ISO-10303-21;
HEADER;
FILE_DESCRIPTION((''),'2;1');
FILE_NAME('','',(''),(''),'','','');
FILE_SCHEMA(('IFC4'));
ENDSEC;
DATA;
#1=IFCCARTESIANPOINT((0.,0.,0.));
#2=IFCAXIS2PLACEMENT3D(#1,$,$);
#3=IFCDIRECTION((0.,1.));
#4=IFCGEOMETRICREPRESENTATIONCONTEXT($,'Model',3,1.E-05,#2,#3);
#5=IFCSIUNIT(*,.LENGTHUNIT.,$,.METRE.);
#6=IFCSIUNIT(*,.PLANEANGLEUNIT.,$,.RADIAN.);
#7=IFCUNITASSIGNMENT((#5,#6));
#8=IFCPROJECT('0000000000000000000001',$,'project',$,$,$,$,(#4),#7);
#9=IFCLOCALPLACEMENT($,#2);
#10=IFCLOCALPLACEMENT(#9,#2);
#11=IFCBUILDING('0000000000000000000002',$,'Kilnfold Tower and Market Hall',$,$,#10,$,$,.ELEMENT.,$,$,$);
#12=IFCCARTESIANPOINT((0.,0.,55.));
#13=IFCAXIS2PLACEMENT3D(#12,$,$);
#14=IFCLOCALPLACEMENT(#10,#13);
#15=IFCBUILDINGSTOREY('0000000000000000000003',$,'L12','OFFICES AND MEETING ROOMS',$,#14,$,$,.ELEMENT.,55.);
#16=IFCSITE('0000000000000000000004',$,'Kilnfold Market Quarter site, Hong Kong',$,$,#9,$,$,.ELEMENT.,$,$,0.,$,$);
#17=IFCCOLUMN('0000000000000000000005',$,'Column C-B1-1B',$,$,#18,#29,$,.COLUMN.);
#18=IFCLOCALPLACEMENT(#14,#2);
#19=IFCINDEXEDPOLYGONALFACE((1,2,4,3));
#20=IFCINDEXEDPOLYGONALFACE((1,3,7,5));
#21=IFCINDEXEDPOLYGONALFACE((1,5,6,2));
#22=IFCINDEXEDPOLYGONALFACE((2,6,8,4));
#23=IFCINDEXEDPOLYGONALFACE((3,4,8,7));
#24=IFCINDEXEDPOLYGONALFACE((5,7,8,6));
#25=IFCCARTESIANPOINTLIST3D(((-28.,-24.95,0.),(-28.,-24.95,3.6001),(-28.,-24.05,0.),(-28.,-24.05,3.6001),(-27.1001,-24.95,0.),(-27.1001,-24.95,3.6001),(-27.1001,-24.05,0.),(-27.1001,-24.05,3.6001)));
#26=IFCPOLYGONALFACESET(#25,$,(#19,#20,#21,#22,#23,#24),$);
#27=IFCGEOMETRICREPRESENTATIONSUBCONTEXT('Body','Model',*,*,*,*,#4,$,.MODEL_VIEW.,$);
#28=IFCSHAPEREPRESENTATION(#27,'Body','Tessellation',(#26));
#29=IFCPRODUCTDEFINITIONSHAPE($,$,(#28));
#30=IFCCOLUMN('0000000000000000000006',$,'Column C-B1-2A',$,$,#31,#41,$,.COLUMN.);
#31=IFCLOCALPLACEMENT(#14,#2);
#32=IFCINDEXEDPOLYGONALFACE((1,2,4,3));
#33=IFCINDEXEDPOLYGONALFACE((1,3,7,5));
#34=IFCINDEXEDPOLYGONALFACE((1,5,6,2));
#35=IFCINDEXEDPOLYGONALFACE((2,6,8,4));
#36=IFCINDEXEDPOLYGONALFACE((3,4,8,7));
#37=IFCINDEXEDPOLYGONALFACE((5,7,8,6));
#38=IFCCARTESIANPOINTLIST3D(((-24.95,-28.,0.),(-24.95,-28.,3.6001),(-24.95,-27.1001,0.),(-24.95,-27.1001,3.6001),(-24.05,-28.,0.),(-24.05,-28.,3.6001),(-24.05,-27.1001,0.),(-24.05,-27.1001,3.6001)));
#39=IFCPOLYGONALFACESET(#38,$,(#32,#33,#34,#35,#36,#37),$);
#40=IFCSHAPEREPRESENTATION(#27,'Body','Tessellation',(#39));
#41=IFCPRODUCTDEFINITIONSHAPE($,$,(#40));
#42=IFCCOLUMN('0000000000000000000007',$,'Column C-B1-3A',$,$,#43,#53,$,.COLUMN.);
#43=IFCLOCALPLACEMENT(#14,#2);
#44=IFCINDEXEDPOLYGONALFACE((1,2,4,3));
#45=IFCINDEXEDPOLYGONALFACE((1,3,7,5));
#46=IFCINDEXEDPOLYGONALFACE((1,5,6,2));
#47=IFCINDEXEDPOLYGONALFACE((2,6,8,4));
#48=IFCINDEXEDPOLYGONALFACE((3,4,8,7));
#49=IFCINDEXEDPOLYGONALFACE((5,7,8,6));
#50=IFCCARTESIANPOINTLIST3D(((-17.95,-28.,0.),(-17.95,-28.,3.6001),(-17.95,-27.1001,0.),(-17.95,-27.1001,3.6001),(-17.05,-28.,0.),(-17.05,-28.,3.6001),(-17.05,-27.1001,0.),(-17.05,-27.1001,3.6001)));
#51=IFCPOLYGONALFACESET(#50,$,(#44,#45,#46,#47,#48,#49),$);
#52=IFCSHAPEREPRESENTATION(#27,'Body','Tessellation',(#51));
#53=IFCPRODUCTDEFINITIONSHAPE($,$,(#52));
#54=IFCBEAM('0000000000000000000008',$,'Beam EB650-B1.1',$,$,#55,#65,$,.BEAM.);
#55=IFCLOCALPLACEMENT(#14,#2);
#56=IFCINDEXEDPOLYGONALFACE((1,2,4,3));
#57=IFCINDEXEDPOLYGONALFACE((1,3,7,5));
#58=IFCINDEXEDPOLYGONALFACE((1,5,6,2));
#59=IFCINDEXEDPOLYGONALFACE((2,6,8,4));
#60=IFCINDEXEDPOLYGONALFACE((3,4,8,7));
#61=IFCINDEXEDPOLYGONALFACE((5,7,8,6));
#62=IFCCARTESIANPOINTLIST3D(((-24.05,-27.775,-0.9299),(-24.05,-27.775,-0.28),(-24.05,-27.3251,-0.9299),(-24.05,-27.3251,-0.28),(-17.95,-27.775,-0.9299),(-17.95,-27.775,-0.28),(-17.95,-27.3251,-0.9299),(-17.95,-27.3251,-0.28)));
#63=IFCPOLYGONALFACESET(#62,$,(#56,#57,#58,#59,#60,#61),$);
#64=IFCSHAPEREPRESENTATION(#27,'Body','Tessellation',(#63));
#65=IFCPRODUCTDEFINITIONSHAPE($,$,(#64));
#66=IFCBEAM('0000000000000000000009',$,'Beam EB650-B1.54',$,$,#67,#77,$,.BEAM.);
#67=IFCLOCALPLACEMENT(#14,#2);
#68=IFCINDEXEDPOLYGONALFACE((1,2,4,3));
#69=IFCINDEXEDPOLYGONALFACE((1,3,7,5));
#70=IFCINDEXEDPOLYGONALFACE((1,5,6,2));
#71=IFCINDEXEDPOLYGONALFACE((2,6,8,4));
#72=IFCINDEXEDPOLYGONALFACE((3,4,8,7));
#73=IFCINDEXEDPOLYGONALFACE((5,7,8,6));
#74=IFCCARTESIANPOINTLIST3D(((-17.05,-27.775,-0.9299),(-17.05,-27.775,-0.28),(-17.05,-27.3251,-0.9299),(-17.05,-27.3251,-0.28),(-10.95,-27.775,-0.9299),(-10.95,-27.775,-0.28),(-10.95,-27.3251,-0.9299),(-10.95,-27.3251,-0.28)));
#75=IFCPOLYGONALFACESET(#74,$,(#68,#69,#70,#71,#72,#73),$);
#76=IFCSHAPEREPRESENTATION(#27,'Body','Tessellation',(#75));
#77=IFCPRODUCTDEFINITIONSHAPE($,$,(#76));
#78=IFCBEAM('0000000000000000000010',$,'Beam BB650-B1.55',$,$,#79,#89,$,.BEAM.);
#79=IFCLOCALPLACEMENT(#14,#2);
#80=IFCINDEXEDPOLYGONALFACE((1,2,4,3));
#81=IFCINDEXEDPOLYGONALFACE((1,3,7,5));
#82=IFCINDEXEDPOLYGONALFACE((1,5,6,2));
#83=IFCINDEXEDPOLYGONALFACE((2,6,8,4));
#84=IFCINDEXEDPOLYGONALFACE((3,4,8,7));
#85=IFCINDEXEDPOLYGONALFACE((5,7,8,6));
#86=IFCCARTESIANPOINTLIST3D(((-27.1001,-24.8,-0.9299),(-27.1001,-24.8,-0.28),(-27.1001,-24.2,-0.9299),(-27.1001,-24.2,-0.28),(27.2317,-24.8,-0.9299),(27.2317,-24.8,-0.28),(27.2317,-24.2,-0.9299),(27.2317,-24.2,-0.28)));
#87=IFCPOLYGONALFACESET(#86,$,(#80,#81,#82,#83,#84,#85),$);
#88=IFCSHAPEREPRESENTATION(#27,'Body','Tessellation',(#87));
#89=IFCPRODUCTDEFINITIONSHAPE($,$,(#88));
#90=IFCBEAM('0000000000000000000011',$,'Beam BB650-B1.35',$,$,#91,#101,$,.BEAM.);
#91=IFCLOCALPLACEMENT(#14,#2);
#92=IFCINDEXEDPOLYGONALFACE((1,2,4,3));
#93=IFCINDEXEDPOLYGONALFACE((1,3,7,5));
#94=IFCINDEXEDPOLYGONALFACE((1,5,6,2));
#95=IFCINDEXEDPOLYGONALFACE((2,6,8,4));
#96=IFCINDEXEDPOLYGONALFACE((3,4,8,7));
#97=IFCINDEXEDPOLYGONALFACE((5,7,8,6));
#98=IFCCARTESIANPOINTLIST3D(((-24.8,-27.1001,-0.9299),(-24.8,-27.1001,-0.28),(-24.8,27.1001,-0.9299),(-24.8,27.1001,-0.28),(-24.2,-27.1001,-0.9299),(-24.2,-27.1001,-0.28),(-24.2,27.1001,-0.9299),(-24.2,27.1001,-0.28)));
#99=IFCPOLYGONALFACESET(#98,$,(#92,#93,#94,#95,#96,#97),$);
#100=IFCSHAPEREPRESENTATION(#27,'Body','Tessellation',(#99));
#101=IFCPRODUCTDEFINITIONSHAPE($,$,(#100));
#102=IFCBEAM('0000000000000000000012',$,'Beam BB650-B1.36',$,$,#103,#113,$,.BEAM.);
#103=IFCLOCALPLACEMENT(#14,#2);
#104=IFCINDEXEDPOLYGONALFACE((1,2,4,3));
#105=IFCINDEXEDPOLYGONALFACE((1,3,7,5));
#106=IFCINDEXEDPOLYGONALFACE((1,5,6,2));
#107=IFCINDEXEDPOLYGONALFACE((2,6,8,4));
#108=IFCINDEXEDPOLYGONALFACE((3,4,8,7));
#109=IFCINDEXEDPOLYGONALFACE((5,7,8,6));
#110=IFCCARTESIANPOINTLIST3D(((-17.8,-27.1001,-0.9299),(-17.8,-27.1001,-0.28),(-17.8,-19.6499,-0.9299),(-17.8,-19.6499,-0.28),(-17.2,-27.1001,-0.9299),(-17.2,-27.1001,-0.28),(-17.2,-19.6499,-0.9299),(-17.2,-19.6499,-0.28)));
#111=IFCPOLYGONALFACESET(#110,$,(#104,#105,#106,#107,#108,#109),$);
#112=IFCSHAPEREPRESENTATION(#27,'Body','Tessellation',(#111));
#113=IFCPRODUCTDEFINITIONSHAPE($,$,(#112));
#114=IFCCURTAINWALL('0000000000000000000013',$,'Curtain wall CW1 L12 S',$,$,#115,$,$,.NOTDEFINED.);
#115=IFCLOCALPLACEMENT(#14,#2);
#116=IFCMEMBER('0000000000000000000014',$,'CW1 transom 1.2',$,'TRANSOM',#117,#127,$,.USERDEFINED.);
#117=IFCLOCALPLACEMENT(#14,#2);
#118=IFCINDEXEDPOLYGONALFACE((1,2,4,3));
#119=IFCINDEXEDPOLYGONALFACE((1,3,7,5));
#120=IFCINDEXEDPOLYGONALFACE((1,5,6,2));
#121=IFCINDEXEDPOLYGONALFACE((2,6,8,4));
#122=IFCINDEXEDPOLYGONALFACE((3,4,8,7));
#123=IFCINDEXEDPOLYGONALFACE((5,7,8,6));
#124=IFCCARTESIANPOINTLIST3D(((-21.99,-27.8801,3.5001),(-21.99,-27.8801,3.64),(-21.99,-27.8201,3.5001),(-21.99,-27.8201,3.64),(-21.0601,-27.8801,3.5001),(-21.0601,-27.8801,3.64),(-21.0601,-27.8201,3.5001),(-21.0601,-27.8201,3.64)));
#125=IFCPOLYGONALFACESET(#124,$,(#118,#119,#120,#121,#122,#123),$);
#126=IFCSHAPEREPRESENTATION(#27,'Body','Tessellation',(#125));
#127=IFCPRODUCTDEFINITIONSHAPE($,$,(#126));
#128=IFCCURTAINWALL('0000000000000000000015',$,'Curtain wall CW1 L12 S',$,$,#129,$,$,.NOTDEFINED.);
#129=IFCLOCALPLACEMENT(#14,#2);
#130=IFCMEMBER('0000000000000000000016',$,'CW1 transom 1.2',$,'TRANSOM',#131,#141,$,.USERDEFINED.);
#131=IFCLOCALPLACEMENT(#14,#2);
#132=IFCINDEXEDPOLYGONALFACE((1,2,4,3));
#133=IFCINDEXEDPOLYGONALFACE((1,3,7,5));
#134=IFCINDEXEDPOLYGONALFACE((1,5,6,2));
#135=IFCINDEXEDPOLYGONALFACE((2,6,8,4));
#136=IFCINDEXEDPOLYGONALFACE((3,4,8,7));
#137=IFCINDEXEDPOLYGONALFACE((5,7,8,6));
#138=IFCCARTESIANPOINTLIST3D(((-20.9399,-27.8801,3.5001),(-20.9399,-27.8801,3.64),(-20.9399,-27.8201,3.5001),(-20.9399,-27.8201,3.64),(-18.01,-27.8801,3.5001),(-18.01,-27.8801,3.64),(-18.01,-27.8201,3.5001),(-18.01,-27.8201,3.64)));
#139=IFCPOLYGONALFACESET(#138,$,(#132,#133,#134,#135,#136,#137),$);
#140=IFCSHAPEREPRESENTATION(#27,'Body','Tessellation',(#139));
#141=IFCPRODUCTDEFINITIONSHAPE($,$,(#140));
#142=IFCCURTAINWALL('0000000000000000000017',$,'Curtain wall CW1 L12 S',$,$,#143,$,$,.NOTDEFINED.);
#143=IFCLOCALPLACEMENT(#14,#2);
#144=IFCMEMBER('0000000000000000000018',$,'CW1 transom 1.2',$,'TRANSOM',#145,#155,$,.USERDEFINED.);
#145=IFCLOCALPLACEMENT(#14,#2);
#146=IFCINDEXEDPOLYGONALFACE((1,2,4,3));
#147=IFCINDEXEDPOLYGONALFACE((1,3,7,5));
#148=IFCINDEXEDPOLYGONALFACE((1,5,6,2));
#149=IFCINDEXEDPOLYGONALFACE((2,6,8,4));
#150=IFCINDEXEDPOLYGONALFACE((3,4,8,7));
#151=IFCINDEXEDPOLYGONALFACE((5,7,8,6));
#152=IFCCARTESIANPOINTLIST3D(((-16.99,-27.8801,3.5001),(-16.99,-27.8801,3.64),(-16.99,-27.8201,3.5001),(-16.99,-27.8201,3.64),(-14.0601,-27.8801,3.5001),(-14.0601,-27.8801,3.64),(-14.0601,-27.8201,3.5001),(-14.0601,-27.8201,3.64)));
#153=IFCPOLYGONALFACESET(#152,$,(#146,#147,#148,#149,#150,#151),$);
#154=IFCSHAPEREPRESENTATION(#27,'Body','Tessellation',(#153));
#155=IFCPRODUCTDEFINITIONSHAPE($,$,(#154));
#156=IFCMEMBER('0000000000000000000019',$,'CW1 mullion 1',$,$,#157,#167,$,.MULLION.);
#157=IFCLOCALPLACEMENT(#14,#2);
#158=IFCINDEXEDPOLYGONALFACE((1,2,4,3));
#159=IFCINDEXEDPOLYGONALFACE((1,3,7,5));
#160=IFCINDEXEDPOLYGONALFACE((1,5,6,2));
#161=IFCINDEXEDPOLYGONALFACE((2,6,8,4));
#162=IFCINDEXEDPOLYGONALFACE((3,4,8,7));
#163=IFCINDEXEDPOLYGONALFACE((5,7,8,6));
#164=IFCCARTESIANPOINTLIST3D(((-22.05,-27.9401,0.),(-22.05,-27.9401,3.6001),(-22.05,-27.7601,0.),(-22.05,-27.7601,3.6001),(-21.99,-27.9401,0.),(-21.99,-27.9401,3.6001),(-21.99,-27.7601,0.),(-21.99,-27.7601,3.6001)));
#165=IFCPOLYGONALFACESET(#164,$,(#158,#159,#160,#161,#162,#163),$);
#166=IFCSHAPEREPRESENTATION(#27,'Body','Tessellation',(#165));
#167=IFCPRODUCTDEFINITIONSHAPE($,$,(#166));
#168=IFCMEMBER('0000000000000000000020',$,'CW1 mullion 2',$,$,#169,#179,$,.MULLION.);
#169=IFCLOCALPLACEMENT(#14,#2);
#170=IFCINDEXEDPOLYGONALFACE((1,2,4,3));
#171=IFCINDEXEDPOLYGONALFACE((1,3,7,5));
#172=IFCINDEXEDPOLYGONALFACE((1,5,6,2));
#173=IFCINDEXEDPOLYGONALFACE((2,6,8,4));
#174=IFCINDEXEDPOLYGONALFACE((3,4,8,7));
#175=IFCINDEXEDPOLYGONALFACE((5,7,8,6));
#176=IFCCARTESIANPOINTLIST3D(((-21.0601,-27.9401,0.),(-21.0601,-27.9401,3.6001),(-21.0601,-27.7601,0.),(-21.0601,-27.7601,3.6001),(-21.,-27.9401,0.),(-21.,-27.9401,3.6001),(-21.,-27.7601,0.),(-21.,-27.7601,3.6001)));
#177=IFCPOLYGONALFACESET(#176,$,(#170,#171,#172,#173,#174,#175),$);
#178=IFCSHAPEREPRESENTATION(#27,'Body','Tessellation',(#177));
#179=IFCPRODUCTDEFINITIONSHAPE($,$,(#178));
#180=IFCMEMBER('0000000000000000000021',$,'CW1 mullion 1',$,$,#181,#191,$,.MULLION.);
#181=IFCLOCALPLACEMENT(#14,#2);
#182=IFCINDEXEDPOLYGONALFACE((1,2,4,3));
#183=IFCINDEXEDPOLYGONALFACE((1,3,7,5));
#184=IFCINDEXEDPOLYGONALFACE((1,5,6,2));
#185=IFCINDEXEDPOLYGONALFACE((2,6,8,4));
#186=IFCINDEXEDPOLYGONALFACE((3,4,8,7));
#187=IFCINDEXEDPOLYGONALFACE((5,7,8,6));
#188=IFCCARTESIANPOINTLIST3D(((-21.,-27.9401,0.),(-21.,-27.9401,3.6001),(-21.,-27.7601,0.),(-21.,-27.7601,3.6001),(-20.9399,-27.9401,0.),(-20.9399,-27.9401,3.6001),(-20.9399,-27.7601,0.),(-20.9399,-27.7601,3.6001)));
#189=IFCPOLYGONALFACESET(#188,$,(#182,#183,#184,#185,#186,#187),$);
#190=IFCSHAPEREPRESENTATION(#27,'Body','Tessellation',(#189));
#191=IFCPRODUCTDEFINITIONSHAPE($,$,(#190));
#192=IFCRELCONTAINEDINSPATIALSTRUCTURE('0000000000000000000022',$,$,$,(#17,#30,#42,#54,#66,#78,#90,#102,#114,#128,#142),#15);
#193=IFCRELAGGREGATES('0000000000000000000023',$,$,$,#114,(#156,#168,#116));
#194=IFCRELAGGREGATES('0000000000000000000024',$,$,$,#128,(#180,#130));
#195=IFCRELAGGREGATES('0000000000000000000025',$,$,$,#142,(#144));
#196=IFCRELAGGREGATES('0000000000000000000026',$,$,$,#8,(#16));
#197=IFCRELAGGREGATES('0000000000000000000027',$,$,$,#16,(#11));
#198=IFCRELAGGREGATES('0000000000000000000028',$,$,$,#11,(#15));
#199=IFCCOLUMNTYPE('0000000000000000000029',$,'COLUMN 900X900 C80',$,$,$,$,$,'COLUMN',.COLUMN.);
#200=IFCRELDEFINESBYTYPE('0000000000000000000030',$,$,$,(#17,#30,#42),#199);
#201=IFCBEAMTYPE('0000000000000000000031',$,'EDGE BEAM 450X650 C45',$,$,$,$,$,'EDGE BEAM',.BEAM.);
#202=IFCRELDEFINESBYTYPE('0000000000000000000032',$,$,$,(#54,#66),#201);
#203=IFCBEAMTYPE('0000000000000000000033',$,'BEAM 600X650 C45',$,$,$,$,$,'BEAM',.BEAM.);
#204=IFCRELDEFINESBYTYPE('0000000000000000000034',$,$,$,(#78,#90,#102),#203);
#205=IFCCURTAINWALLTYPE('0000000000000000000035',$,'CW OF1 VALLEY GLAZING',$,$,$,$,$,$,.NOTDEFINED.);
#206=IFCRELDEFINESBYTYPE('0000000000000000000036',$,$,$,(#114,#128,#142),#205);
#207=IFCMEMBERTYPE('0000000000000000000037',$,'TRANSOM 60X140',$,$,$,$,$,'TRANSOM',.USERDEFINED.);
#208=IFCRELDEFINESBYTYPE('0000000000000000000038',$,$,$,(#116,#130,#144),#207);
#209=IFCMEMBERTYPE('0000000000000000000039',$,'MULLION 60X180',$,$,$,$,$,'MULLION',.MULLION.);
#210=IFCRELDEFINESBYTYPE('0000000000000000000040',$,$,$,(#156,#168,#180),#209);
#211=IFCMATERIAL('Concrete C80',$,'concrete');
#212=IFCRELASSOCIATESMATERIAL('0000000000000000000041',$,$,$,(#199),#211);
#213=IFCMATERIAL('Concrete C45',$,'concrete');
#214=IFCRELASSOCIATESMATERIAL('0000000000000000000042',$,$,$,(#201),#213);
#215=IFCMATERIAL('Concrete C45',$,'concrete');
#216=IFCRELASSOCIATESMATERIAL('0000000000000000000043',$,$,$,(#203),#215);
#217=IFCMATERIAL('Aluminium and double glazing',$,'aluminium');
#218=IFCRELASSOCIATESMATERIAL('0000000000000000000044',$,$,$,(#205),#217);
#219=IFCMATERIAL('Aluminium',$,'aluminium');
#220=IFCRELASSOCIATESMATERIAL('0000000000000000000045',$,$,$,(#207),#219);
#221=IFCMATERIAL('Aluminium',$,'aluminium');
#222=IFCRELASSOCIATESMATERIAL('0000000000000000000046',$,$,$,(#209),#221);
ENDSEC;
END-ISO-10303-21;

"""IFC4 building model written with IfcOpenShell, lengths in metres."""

from ifc_helpers import new_model, si_unit, direction, frame, origin, origin_2d, place, context, subcontext, project, spatial, rectangle, extrude, source, transform, mapped, material, material_profile, profile_set, type_object, element, aggregate, save


model = new_model("IFC4")

# Units and contexts
model_context = context("Model", 3, precision=1e-05, world=origin(), true_north=direction((0.0, 1.0)))
body_context = subcontext(model_context, "Body", "Model", "MODEL_VIEW")
ifc_project = project(units=[si_unit("LENGTHUNIT", "METRE"), si_unit("PLANEANGLEUNIT", "RADIAN")], contexts=[model_context])

# Site, building, storey
site_placement = place(None, origin())
site = spatial("IfcSite", under=ifc_project, at=site_placement, Name="Kilnfold Market Quarter site, Hong Kong", CompositionType="ELEMENT", RefElevation=0.0)
building_placement = place(site_placement, origin())
building = spatial("IfcBuilding", under=site, at=building_placement, Name="Kilnfold Tower and Market Hall", CompositionType="ELEMENT")
storey_placement = place(building_placement, frame((0.0, 0.0, 55.0)))
storey = spatial("IfcBuildingStorey", under=building, at=storey_placement, Name="L12", Description="OFFICES AND MEETING ROOMS", CompositionType="ELEMENT", Elevation=55.0)

# Columns
ifc_material_1 = material(Name="Concrete C80", Category="concrete")
ifc_material_profile_1 = material_profile(ifc_material_1, rectangle(XDim=0.8999, YDim=0.8999, at=origin_2d()), Name="RC 900x900")
ifc_profile_set_1 = profile_set([ifc_material_profile_1], Name="Concrete C80")
column_type = type_object("IfcColumnType", Name="COLUMN 900X900 C80", ElementType="COLUMN", PredefinedType="COLUMN", material=ifc_profile_set_1)
shared_shape_1 = source(origin(), body_context, "Body", "SweptSolid", [
    extrude(rectangle(XDim=0.8999, YDim=0.8999, at=origin_2d()), origin(), (0.0, 0.0, 1.0), 3.6001),
])
for number, where, z_axis, x_axis, name in (
    (1, (-27.55, -24.5, 0.0), (0.0, 0.0, 1.0), (1.0, 0.0, 0.0), "Column C-B1-1B"),
    (2, (-24.5, -27.55, 0.0), (0.0, 0.0, 1.0), (1.0, 0.0, 0.0), "Column C-B1-2A"),
    (3, (-17.5, -27.55, 0.0), (0.0, 0.0, 1.0), (1.0, 0.0, 0.0), "Column C-B1-3A"),
):
    element("IfcColumn", number, at=place(storey_placement, frame(where, z_axis=z_axis, x_axis=x_axis)), inside=storey, type_object=column_type, Name=name, PredefinedType="COLUMN", context=body_context, shape_type="MappedRepresentation", body=[
        mapped(shared_shape_1, transform((0.0, 0.0, 0.0))),
    ])

# Beams
ifc_material_2 = material(Name="Concrete C45", Category="concrete")
ifc_material_profile_2 = material_profile(ifc_material_2, rectangle(XDim=0.45, YDim=0.6499, at=origin_2d()), Name="RC 450x650")
ifc_profile_set_2 = profile_set([ifc_material_profile_2], Name="Concrete C45")
beam_type_1 = type_object("IfcBeamType", Name="EDGE BEAM 450X650 C45", ElementType="EDGE BEAM", PredefinedType="BEAM", material=ifc_profile_set_2)
shared_shape_2 = source(origin(), body_context, "Body", "SweptSolid", [
    extrude(rectangle(XDim=0.45, YDim=0.6499, at=origin_2d()), origin(), (0.0, 0.0, 1.0), 6.1001),
])
for number, where, z_axis, x_axis, name in (
    (4, (-24.05, -27.55, -0.605), (1.0, 0.0, 0.0), (0.0, 1.0, 0.0), "Beam EB650-B1.1"),
    (5, (-17.05, -27.55, -0.605), (1.0, 0.0, 0.0), (0.0, 1.0, 0.0), "Beam EB650-B1.54"),
):
    element("IfcBeam", number, at=place(storey_placement, frame(where, z_axis=z_axis, x_axis=x_axis)), inside=storey, type_object=beam_type_1, Name=name, PredefinedType="BEAM", context=body_context, shape_type="MappedRepresentation", body=[
        mapped(shared_shape_2, transform((0.0, 0.0, 0.0))),
    ])
ifc_material_3 = material(Name="Concrete C45", Category="concrete")
ifc_material_profile_3 = material_profile(ifc_material_3, rectangle(XDim=0.6001, YDim=0.6499, at=origin_2d()), Name="RC 600x650")
ifc_profile_set_3 = profile_set([ifc_material_profile_3], Name="Concrete C45")
beam_type_2 = type_object("IfcBeamType", Name="BEAM 600X650 C45", ElementType="BEAM", PredefinedType="BEAM", material=ifc_profile_set_3)
shared_shape_3 = source(origin(), body_context, "Body", "SweptSolid", [
    extrude(rectangle(XDim=0.6001, YDim=0.6499, at=origin_2d()), origin(), (0.0, 0.0, 1.0), 54.3318),
])
beam_1_placement = place(storey_placement, frame((-27.1001, -24.5, -0.605), z_axis=(1.0, 0.0, 0.0), x_axis=(0.0, 1.0, 0.0)))
element("IfcBeam", 6, at=beam_1_placement, inside=storey, type_object=beam_type_2, Name="Beam BB650-B1.55", PredefinedType="BEAM", context=body_context, shape_type="MappedRepresentation", body=[
    mapped(shared_shape_3, transform((0.0, 0.0, 0.0))),
])
shared_shape_4 = source(origin(), body_context, "Body", "SweptSolid", [
    extrude(rectangle(XDim=0.6001, YDim=0.6499, at=origin_2d()), origin(), (0.0, 0.0, 1.0), 54.2002),
])
beam_2_placement = place(storey_placement, frame((-24.5, -27.1001, -0.605), z_axis=(0.0, 1.0, 0.0), x_axis=(-1.0, 0.0, 0.0)))
element("IfcBeam", 7, at=beam_2_placement, inside=storey, type_object=beam_type_2, Name="Beam BB650-B1.35", PredefinedType="BEAM", context=body_context, shape_type="MappedRepresentation", body=[
    mapped(shared_shape_4, transform((0.0, 0.0, 0.0))),
])
shared_shape_5 = source(origin(), body_context, "Body", "SweptSolid", [
    extrude(rectangle(XDim=0.6001, YDim=0.6499, at=origin_2d()), origin(), (0.0, 0.0, 1.0), 7.4502),
])
beam_3_placement = place(storey_placement, frame((-17.5, -27.1001, -0.605), z_axis=(0.0, 1.0, 0.0), x_axis=(-1.0, 0.0, 0.0)))
element("IfcBeam", 8, at=beam_3_placement, inside=storey, type_object=beam_type_2, Name="Beam BB650-B1.36", PredefinedType="BEAM", context=body_context, shape_type="MappedRepresentation", body=[
    mapped(shared_shape_5, transform((0.0, 0.0, 0.0))),
])

# Curtain walls, members
ifc_material_4 = material(Name="Aluminium and double glazing", Category="aluminium")
curtain_wall_type = type_object("IfcCurtainWallType", Name="CW OF1 VALLEY GLAZING", PredefinedType="NOTDEFINED", material=ifc_material_4)
curtain_wall_1_placement = place(storey_placement, origin())
curtain_wall_1 = element("IfcCurtainWall", 9, at=curtain_wall_1_placement, inside=storey, type_object=curtain_wall_type, Name="Curtain wall CW1 L12 S", PredefinedType="NOTDEFINED")
ifc_material_5 = material(Name="Aluminium", Category="aluminium")
ifc_material_profile_4 = material_profile(ifc_material_5, rectangle(XDim=0.0601, YDim=0.1399, at=origin_2d()), Name="TRANSOM 60x140")
ifc_profile_set_4 = profile_set([ifc_material_profile_4], Name="Aluminium")
member_type_1 = type_object("IfcMemberType", Name="TRANSOM 60X140", ElementType="TRANSOM", PredefinedType="USERDEFINED", material=ifc_profile_set_4)
shared_shape_6 = source(origin(), body_context, "Body", "SweptSolid", [
    extrude(rectangle(XDim=0.0601, YDim=0.1399, at=origin_2d()), origin(), (0.0, 0.0, 1.0), 0.9299),
])
member_1_placement = place(storey_placement, frame((-21.99, -27.8501, 3.5701), z_axis=(1.0, 0.0, 0.0), x_axis=(0.0, 1.0, 0.0)))
member_1 = element("IfcMember", 10, at=member_1_placement, type_object=member_type_1, Name="CW1 transom 1.2", ObjectType="TRANSOM", PredefinedType="USERDEFINED", context=body_context, shape_type="MappedRepresentation", body=[
    mapped(shared_shape_6, transform((0.0, 0.0, 0.0))),
])
curtain_wall_2_placement = place(storey_placement, origin())
curtain_wall_2 = element("IfcCurtainWall", 11, at=curtain_wall_2_placement, inside=storey, type_object=curtain_wall_type, Name="Curtain wall CW1 L12 S", PredefinedType="NOTDEFINED")
shared_shape_7 = source(origin(), body_context, "Body", "SweptSolid", [
    extrude(rectangle(XDim=0.0601, YDim=0.1399, at=origin_2d()), origin(), (0.0, 0.0, 1.0), 2.9299),
])
member_2_placement = place(storey_placement, frame((-20.9399, -27.8501, 3.5701), z_axis=(1.0, 0.0, 0.0), x_axis=(0.0, 1.0, 0.0)))
member_2 = element("IfcMember", 12, at=member_2_placement, type_object=member_type_1, Name="CW1 transom 1.2", ObjectType="TRANSOM", PredefinedType="USERDEFINED", context=body_context, shape_type="MappedRepresentation", body=[
    mapped(shared_shape_7, transform((0.0, 0.0, 0.0))),
])
curtain_wall_3_placement = place(storey_placement, origin())
curtain_wall_3 = element("IfcCurtainWall", 13, at=curtain_wall_3_placement, inside=storey, type_object=curtain_wall_type, Name="Curtain wall CW1 L12 S", PredefinedType="NOTDEFINED")
member_3_placement = place(storey_placement, frame((-16.99, -27.8501, 3.5701), z_axis=(1.0, 0.0, 0.0), x_axis=(0.0, 1.0, 0.0)))
member_3 = element("IfcMember", 14, at=member_3_placement, type_object=member_type_1, Name="CW1 transom 1.2", ObjectType="TRANSOM", PredefinedType="USERDEFINED", context=body_context, shape_type="MappedRepresentation", body=[
    mapped(shared_shape_7, transform((0.0, 0.0, 0.0))),
])

# Members
ifc_material_6 = material(Name="Aluminium", Category="aluminium")
ifc_material_profile_5 = material_profile(ifc_material_6, rectangle(XDim=0.0601, YDim=0.1799, at=origin_2d()), Name="MULLION 60x180")
ifc_profile_set_5 = profile_set([ifc_material_profile_5], Name="Aluminium")
member_type_2 = type_object("IfcMemberType", Name="MULLION 60X180", ElementType="MULLION", PredefinedType="MULLION", material=ifc_profile_set_5)
shared_shape_8 = source(origin(), body_context, "Body", "SweptSolid", [
    extrude(rectangle(XDim=0.0601, YDim=0.1799, at=origin_2d()), origin(), (0.0, 0.0, 1.0), 3.6001),
])
member_4_placement = place(storey_placement, frame((-22.02, -27.8501, 0.0), z_axis=(0.0, 0.0, 1.0), x_axis=(1.0, 0.0, 0.0)))
member_4 = element("IfcMember", 15, at=member_4_placement, type_object=member_type_2, Name="CW1 mullion 1", PredefinedType="MULLION", context=body_context, shape_type="MappedRepresentation", body=[
    mapped(shared_shape_8, transform((0.0, 0.0, 0.0))),
])
member_5_placement = place(storey_placement, frame((-21.03, -27.8501, 0.0), z_axis=(0.0, 0.0, 1.0), x_axis=(1.0, 0.0, 0.0)))
member_5 = element("IfcMember", 16, at=member_5_placement, type_object=member_type_2, Name="CW1 mullion 2", PredefinedType="MULLION", context=body_context, shape_type="MappedRepresentation", body=[
    mapped(shared_shape_8, transform((0.0, 0.0, 0.0))),
])
member_6_placement = place(storey_placement, frame((-20.97, -27.8501, 0.0), z_axis=(0.0, 0.0, 1.0), x_axis=(1.0, 0.0, 0.0)))
member_6 = element("IfcMember", 17, at=member_6_placement, type_object=member_type_2, Name="CW1 mullion 1", PredefinedType="MULLION", context=body_context, shape_type="MappedRepresentation", body=[
    mapped(shared_shape_8, transform((0.0, 0.0, 0.0))),
])

aggregate(curtain_wall_1, [member_4, member_5, member_1])
aggregate(curtain_wall_2, [member_6, member_2])
aggregate(curtain_wall_3, [member_3])

save(model, "model.ifc")
